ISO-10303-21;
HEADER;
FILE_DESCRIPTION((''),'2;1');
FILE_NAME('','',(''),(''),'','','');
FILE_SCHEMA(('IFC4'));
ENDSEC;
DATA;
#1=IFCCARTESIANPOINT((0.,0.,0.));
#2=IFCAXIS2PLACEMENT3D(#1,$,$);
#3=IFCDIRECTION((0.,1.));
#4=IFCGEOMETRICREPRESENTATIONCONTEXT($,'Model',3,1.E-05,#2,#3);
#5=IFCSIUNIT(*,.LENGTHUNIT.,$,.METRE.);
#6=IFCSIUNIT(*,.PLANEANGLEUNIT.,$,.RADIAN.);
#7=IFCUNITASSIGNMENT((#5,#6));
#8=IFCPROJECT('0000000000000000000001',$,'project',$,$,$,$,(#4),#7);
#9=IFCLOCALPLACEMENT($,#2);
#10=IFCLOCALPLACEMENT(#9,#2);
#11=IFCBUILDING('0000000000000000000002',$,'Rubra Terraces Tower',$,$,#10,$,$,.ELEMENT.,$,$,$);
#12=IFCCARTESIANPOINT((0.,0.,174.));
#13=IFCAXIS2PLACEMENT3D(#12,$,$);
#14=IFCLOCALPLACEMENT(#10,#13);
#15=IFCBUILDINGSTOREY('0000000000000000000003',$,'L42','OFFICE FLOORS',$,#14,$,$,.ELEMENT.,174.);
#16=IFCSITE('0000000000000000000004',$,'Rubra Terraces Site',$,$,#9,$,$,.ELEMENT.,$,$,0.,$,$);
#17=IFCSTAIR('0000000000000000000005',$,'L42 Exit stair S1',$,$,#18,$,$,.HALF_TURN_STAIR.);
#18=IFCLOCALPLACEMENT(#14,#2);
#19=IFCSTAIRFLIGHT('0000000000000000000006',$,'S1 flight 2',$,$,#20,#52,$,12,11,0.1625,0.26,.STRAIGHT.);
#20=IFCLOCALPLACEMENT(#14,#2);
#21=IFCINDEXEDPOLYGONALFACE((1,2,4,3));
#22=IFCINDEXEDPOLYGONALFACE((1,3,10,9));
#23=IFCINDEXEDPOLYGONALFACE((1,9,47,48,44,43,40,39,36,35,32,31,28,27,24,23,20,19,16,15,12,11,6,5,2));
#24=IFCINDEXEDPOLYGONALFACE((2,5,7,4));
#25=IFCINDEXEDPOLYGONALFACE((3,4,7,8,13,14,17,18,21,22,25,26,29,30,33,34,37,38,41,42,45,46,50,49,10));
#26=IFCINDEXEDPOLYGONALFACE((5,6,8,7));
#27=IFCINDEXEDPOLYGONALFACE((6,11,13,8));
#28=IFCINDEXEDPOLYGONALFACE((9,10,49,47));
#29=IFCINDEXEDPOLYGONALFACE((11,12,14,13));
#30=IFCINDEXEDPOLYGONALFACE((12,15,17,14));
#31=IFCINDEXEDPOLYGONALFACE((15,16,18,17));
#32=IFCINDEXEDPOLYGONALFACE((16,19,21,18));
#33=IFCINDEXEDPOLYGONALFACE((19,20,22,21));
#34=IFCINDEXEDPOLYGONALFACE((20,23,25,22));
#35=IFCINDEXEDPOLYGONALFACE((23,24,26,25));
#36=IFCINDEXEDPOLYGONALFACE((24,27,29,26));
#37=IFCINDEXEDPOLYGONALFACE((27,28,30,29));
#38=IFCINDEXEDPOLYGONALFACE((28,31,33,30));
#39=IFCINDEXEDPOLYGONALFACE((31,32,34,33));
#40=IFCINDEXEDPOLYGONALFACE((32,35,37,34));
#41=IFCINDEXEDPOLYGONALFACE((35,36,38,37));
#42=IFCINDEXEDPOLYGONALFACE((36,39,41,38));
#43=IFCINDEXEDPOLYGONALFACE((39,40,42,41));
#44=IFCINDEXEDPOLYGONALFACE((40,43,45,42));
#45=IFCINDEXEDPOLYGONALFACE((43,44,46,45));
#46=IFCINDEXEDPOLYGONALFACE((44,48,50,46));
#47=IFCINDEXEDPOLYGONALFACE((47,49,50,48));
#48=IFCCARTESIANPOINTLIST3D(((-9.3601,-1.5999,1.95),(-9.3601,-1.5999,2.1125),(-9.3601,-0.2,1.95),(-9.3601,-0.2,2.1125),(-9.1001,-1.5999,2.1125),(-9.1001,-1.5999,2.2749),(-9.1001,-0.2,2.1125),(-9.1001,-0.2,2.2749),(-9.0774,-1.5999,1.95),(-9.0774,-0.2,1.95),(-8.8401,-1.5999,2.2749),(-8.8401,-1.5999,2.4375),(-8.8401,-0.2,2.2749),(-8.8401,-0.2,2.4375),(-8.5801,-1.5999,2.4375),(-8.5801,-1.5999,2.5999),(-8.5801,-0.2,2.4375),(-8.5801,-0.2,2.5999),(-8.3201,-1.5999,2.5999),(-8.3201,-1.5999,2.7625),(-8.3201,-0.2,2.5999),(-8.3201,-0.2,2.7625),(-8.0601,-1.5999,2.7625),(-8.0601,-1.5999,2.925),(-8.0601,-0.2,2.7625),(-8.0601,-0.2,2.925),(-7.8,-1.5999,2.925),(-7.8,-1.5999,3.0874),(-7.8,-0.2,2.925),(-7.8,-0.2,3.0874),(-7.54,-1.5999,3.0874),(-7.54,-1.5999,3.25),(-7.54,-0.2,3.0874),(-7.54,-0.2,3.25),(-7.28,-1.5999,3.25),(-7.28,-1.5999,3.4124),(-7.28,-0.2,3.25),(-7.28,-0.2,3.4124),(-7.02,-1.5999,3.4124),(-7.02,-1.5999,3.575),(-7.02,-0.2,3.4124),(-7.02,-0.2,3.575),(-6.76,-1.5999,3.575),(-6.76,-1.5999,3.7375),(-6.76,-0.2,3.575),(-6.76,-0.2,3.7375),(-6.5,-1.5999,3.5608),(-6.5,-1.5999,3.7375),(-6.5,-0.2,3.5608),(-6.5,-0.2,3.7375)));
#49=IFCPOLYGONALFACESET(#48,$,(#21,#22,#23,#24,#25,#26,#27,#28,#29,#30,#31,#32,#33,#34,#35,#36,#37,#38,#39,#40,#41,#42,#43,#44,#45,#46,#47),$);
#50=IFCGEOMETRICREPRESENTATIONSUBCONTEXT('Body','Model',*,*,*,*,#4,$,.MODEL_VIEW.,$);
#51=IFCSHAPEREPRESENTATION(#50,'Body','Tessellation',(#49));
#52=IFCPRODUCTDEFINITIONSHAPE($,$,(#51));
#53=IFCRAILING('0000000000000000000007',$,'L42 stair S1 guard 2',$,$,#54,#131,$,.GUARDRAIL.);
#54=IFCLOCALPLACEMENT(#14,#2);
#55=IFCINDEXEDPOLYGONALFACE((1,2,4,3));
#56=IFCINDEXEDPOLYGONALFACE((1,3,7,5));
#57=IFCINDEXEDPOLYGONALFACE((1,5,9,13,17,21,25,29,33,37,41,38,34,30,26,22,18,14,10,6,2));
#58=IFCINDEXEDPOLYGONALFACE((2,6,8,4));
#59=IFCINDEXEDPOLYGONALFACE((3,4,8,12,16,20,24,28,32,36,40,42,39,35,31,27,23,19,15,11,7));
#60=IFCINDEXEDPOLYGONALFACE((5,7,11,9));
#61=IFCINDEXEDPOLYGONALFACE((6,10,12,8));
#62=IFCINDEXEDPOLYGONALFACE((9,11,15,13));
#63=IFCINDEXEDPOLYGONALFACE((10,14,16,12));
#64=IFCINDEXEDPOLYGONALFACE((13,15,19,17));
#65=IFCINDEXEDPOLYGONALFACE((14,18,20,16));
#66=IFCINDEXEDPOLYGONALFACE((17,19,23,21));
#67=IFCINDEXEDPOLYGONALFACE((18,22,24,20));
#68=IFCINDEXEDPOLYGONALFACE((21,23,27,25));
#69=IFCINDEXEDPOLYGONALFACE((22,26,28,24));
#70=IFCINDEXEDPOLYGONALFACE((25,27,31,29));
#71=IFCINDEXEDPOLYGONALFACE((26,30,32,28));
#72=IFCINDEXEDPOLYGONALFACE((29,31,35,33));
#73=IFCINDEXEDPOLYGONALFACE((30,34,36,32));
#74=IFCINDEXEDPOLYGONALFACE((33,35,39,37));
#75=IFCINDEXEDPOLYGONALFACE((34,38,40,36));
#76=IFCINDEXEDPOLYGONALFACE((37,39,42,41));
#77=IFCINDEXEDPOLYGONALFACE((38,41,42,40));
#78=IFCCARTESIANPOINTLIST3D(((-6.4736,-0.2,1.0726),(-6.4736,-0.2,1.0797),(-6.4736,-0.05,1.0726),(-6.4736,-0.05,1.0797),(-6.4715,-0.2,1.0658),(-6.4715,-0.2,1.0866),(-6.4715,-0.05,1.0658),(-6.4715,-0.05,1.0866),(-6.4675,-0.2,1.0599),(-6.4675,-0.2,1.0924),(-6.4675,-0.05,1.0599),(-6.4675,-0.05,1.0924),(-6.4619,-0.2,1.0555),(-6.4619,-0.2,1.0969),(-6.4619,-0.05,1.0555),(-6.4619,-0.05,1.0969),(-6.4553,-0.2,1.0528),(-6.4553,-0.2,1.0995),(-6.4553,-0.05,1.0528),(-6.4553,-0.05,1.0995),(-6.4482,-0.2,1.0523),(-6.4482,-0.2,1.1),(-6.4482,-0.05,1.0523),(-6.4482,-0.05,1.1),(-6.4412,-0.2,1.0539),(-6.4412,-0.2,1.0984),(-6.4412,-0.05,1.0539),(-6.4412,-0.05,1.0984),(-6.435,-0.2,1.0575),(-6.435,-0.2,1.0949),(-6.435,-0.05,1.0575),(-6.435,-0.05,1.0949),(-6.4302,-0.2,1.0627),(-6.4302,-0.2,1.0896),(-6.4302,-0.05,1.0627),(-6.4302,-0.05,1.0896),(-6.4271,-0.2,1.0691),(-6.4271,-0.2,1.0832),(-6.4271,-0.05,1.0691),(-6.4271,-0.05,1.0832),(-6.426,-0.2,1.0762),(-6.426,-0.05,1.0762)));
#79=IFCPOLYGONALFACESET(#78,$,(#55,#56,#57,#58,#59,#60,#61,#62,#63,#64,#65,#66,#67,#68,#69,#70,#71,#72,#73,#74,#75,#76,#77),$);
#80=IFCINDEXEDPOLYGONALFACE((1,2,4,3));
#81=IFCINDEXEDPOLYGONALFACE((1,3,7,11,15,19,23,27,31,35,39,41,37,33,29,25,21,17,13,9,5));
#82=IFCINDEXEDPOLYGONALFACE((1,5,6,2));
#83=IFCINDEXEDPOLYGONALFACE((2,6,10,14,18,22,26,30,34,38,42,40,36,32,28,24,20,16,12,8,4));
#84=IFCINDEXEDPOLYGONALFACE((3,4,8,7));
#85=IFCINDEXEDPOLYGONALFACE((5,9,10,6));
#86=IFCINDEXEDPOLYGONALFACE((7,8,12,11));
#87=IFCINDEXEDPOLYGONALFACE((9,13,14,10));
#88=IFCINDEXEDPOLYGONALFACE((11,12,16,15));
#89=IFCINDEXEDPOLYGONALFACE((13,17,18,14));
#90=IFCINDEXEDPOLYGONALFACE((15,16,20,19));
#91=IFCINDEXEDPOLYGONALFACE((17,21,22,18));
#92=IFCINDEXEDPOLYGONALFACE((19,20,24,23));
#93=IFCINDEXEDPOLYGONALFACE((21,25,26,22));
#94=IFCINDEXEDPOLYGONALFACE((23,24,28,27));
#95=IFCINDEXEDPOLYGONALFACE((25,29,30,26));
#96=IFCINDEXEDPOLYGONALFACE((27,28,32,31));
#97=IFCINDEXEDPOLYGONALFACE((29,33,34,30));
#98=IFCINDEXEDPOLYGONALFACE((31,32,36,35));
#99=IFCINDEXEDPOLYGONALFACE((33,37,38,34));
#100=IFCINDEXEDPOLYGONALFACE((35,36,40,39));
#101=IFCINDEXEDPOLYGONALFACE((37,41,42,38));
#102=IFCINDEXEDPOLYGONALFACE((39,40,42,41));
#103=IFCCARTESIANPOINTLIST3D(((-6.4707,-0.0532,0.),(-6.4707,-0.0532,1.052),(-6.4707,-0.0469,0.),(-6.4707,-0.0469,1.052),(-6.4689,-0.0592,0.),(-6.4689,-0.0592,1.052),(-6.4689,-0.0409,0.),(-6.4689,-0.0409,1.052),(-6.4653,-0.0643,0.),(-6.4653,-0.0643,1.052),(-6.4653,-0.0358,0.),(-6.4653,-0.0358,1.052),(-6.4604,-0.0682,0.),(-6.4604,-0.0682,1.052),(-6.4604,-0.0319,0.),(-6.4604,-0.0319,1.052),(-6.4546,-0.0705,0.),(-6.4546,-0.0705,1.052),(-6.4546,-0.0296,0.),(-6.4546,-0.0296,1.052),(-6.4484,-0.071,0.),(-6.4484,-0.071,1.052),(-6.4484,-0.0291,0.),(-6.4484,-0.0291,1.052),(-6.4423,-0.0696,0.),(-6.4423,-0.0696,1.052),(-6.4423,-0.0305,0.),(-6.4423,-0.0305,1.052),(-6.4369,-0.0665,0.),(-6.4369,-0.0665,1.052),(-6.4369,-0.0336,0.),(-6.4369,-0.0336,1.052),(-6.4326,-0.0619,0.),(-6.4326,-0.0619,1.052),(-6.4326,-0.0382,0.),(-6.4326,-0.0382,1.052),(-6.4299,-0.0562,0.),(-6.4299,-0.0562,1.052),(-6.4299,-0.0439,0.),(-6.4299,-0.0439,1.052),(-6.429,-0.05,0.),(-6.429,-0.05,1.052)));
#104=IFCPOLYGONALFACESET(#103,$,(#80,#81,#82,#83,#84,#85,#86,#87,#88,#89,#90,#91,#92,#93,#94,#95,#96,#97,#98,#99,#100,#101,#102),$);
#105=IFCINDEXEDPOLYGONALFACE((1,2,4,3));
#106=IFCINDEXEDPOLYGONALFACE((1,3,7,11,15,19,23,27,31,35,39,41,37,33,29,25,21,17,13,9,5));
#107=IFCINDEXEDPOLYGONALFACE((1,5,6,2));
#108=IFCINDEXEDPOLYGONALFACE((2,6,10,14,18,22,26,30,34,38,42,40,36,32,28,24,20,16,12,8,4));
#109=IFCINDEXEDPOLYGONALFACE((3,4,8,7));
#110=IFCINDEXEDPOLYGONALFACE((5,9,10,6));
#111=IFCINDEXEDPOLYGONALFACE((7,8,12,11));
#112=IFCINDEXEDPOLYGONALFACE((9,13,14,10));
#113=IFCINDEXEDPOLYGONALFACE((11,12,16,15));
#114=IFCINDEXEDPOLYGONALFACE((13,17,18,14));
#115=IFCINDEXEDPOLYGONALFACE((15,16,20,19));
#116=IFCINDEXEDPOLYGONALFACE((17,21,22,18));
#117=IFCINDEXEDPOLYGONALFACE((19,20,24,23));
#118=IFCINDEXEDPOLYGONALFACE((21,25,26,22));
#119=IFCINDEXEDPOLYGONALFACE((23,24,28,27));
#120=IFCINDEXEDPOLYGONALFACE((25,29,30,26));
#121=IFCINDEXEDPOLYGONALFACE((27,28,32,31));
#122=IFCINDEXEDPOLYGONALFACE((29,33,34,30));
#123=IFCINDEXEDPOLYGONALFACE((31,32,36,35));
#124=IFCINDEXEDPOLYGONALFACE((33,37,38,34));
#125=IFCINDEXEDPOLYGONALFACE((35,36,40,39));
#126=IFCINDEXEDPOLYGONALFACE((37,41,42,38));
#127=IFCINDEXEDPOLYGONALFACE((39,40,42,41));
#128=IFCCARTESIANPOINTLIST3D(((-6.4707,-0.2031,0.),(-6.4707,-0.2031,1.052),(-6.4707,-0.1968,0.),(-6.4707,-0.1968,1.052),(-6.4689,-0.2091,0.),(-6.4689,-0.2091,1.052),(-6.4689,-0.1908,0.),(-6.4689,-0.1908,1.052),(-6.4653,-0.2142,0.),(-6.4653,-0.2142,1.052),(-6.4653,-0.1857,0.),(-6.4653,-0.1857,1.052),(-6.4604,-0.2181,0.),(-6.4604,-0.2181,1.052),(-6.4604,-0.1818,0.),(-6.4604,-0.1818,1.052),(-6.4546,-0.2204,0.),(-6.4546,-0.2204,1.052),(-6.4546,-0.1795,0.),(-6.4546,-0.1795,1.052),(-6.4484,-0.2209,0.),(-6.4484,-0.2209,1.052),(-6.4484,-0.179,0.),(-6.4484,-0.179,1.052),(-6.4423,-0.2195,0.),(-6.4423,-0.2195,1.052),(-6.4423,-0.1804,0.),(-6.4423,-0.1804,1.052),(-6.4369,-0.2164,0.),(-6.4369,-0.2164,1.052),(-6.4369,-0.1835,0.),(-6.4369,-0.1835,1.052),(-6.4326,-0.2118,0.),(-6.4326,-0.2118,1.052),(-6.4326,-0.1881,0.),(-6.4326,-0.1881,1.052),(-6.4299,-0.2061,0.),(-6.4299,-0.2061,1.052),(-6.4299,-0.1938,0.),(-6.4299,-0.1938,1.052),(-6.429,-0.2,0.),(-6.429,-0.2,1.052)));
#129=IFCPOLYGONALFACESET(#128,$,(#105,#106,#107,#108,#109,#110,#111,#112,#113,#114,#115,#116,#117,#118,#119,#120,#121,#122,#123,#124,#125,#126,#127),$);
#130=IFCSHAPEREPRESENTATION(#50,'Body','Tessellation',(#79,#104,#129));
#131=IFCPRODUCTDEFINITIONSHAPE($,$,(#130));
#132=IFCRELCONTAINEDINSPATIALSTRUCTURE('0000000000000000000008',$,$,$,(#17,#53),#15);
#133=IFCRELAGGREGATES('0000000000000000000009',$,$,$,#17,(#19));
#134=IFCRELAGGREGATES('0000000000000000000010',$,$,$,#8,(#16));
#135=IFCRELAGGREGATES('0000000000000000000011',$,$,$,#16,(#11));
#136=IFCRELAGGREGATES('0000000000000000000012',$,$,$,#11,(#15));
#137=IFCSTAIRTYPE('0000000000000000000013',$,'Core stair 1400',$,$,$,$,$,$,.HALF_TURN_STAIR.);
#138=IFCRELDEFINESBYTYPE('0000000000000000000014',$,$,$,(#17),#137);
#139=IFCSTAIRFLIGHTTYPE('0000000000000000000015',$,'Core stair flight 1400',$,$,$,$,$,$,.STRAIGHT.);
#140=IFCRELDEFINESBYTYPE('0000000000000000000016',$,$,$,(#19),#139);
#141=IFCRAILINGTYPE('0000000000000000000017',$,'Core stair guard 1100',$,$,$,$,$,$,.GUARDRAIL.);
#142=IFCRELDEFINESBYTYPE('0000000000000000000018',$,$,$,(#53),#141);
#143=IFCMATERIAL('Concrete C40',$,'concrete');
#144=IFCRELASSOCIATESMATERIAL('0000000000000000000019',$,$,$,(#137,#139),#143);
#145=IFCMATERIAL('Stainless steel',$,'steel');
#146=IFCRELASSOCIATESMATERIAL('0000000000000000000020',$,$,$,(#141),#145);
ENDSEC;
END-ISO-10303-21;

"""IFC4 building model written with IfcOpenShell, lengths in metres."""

from ifc_helpers import new_model, si_unit, direction, frame, origin, origin_2d, place, context, subcontext, project, spatial, polyline, circle, outline, extrude, material, type_object, element, aggregate, save


model = new_model("IFC4")

# Units and contexts
model_context = context("Model", 3, precision=1e-05, world=origin(), true_north=direction((0.0, 1.0)))
body_context = subcontext(model_context, "Body", "Model", "MODEL_VIEW")
ifc_project = project(units=[si_unit("LENGTHUNIT", "METRE"), si_unit("PLANEANGLEUNIT", "RADIAN")], contexts=[model_context])

# Site, building, storey
site_placement = place(None, origin())
site = spatial("IfcSite", under=ifc_project, at=site_placement, Name="Rubra Terraces Site", CompositionType="ELEMENT", RefElevation=0.0)
building_placement = place(site_placement, origin())
building = spatial("IfcBuilding", under=site, at=building_placement, Name="Rubra Terraces Tower", CompositionType="ELEMENT")
storey_placement = place(building_placement, frame((0.0, 0.0, 174.0)))
storey = spatial("IfcBuildingStorey", under=building, at=storey_placement, Name="L42", Description="OFFICE FLOORS", CompositionType="ELEMENT", Elevation=174.0)

# Shared definitions
ifc_material_1 = material(Name="Concrete C40", Category="concrete")

# Stair
stair_type = type_object("IfcStairType", Name="Core stair 1400", PredefinedType="HALF_TURN_STAIR", material=ifc_material_1)
stair_placement = place(storey_placement, origin())
stair = element("IfcStair", 1, at=stair_placement, inside=storey, type_object=stair_type, Name="L42 Exit stair S1", PredefinedType="HALF_TURN_STAIR")

# Stair flight
stair_flight_type = type_object("IfcStairFlightType", Name="Core stair flight 1400", PredefinedType="STRAIGHT", material=ifc_material_1)
stair_flight_placement = place(storey_placement, frame((-9.3601, -0.8999, 1.95), z_axis=(0.0, 0.0, 1.0), x_axis=(1.0, 0.0, 0.0)))
stair_flight = element("IfcStairFlight", 2, at=stair_flight_placement, type_object=stair_flight_type, Name="S1 flight 2", NumberOfRisers=12, NumberOfTreads=11, PredefinedType="STRAIGHT", RiserHeight=0.1625, TreadLength=0.26, context=body_context, shape_type="SweptSolid", body=[
    extrude(outline(polyline([(0.0, 0.0), (0.0, 0.1626), (0.26, 0.1626), (0.26, 0.325), (0.52, 0.325), (0.52, 0.4875), (0.78, 0.4875), (0.78, 0.6499), (1.04, 0.6499), (1.04, 0.8125), (1.3, 0.8125), (1.3, 0.9751), (1.5601, 0.9751), (1.5601, 1.1375), (1.8201, 1.1375), (1.8201, 1.3), (2.0801, 1.3), (2.0801, 1.4624), (2.3401, 1.4624), (2.3401, 1.625), (2.6001, 1.625), (2.6001, 1.7876), (2.8601, 1.7876), (2.8601, 1.95), (2.8601, 1.6108), (0.2827, 0.0), (0.0, 0.0)])), frame((0.0, 0.7, 0.0), z_axis=(0.0, -1.0, 0.0), x_axis=(1.0, 0.0, 0.0)), (0.0, 0.0, 1.0), 1.3999),
])
aggregate(stair, [stair_flight])

# Railing
ifc_material_2 = material(Name="Stainless steel", Category="steel")
railing_type = type_object("IfcRailingType", Name="Core stair guard 1100", PredefinedType="GUARDRAIL", material=ifc_material_2)
railing_1_placement = place(storey_placement, frame((-6.45, -0.05, 0.0)))
element("IfcRailing", 3, at=railing_1_placement, inside=storey, type_object=railing_type, Name="L42 stair S1 guard 2", PredefinedType="GUARDRAIL", context=body_context, shape_type="SweptSolid", body=[
    extrude(circle(Radius=0.0239, at=origin_2d()), frame((0.0, 0.0, 1.0762), z_axis=(0.0, -1.0, 0.0), x_axis=(1.0, 0.0, 0.0)), (0.0, 0.0, 1.0), 0.1499),
    extrude(circle(Radius=0.021, at=origin_2d()), origin(), (0.0, 0.0, 1.0), 1.052),
    extrude(circle(Radius=0.021, at=origin_2d()), frame((0.0, -0.1499, 0.0)), (0.0, 0.0, 1.0), 1.052),
])

save(model, "model.ifc")
